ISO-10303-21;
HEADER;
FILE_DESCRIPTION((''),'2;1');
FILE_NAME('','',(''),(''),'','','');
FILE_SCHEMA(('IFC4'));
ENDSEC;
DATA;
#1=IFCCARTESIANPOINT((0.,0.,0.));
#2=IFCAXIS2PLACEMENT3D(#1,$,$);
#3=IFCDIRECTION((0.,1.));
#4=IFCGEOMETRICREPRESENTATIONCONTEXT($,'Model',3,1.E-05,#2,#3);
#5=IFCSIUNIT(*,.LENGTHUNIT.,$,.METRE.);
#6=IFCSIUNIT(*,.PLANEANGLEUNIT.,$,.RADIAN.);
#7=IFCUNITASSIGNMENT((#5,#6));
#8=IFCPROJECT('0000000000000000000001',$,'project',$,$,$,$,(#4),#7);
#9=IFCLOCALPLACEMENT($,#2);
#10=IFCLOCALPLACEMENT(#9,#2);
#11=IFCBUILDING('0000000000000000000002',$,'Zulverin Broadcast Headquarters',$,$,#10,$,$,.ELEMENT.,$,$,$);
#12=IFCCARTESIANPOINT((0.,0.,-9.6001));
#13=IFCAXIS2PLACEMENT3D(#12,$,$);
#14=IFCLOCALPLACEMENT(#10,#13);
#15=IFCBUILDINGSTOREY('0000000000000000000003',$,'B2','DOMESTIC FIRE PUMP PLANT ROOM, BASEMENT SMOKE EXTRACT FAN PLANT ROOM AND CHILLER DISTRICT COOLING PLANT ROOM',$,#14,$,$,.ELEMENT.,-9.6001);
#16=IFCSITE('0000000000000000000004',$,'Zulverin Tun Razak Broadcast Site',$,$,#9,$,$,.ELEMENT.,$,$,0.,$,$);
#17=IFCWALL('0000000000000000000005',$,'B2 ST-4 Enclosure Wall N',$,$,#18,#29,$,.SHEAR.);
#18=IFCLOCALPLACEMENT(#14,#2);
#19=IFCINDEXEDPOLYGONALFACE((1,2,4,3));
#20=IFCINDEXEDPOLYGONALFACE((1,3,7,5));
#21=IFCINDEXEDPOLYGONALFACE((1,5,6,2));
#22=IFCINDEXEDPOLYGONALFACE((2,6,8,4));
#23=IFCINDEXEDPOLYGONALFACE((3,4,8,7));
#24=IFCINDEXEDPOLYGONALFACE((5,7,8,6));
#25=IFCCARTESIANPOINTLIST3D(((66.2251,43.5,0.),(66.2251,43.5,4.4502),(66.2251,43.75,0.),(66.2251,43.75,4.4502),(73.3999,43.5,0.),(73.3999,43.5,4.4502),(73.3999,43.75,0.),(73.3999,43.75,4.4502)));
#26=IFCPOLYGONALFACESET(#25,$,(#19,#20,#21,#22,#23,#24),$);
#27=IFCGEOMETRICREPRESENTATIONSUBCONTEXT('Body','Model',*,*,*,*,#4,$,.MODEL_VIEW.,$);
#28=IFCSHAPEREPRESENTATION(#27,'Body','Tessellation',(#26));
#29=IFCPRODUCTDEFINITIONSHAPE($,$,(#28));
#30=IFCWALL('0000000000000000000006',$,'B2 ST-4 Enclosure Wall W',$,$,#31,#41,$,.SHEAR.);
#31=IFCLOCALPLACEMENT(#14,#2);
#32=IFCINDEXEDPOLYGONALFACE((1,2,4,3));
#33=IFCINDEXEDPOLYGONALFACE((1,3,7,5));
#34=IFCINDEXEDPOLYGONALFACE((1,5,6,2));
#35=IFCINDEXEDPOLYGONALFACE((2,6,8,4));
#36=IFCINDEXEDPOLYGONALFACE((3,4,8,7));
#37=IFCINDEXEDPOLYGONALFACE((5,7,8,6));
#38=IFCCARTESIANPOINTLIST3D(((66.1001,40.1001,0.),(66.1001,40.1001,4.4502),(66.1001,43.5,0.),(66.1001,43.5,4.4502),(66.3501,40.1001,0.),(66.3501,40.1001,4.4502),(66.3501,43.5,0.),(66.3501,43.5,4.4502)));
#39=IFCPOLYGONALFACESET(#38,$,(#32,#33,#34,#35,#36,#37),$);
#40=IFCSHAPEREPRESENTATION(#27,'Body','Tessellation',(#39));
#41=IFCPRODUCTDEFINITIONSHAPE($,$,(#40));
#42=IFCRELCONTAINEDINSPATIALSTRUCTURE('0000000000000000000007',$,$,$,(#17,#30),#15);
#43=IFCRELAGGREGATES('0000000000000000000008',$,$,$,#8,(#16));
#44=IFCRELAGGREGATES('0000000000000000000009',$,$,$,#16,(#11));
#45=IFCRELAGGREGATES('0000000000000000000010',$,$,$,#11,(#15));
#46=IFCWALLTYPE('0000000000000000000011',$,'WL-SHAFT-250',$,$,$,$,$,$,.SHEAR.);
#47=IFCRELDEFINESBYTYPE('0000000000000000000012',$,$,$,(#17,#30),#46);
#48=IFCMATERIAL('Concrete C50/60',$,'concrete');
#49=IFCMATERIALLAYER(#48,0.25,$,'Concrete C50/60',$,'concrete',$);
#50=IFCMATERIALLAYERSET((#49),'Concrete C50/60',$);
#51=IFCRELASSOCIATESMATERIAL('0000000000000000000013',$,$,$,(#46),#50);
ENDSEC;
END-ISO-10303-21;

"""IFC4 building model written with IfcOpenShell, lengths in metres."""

from ifc_helpers import new_model, si_unit, direction, frame, frame_2d, origin, place, context, subcontext, project, spatial, rectangle, extrude, material, layer, layer_set, type_object, element, save


model = new_model("IFC4")

# Units and contexts
model_context = context("Model", 3, precision=1e-05, world=origin(), true_north=direction((0.0, 1.0)))
body_context = subcontext(model_context, "Body", "Model", "MODEL_VIEW")
ifc_project = project(units=[si_unit("LENGTHUNIT", "METRE"), si_unit("PLANEANGLEUNIT", "RADIAN")], contexts=[model_context])

# Site, building, storey
site_placement = place(None, origin())
site = spatial("IfcSite", under=ifc_project, at=site_placement, Name="Zulverin Tun Razak Broadcast Site", CompositionType="ELEMENT", RefElevation=0.0)
building_placement = place(site_placement, origin())
building = spatial("IfcBuilding", under=site, at=building_placement, Name="Zulverin Broadcast Headquarters", CompositionType="ELEMENT")
storey_placement = place(building_placement, frame((0.0, 0.0, -9.6001)))
storey = spatial("IfcBuildingStorey", under=building, at=storey_placement, Name="B2", Description="DOMESTIC FIRE PUMP PLANT ROOM, BASEMENT SMOKE EXTRACT FAN PLANT ROOM AND CHILLER DISTRICT COOLING PLANT ROOM", CompositionType="ELEMENT", Elevation=-9.6001)

# Shared definitions
ifc_material_1 = material(Name="Concrete C50/60", Category="concrete")

# Shared definitions
ifc_layer_1 = layer(ifc_material_1, 0.25, Name="Concrete C50/60", Category="concrete")
ifc_layer_set_1 = layer_set([ifc_layer_1], Name="Concrete C50/60")
wall_type_1 = type_object("IfcWallType", Name="WL-SHAFT-250", PredefinedType="SHEAR", material=ifc_layer_set_1)

# Walls
wall_1_placement = place(storey_placement, frame((66.2251, 43.625, 0.0), z_axis=(0.0, 0.0, 1.0), x_axis=(1.0, 0.0, 0.0)))
element("IfcWall", 1, at=wall_1_placement, inside=storey, type_object=wall_type_1, Name="B2 ST-4 Enclosure Wall N", PredefinedType="SHEAR", context=body_context, shape_type="SweptSolid", body=[
    extrude(rectangle(XDim=7.1748, YDim=0.25, at=frame_2d((3.5874, 0.0))), origin(), (0.0, 0.0, 1.0), 4.4502),
])
wall_2_placement = place(storey_placement, frame((66.2251, 40.1001, 0.0), z_axis=(0.0, 0.0, 1.0), x_axis=(0.0, 1.0, 0.0)))
element("IfcWall", 2, at=wall_2_placement, inside=storey, type_object=wall_type_1, Name="B2 ST-4 Enclosure Wall W", PredefinedType="SHEAR", context=body_context, shape_type="SweptSolid", body=[
    extrude(rectangle(XDim=3.3999, YDim=0.25, at=frame_2d((1.7, 0.0))), origin(), (0.0, 0.0, 1.0), 4.4502),
])

save(model, "model.ifc")
